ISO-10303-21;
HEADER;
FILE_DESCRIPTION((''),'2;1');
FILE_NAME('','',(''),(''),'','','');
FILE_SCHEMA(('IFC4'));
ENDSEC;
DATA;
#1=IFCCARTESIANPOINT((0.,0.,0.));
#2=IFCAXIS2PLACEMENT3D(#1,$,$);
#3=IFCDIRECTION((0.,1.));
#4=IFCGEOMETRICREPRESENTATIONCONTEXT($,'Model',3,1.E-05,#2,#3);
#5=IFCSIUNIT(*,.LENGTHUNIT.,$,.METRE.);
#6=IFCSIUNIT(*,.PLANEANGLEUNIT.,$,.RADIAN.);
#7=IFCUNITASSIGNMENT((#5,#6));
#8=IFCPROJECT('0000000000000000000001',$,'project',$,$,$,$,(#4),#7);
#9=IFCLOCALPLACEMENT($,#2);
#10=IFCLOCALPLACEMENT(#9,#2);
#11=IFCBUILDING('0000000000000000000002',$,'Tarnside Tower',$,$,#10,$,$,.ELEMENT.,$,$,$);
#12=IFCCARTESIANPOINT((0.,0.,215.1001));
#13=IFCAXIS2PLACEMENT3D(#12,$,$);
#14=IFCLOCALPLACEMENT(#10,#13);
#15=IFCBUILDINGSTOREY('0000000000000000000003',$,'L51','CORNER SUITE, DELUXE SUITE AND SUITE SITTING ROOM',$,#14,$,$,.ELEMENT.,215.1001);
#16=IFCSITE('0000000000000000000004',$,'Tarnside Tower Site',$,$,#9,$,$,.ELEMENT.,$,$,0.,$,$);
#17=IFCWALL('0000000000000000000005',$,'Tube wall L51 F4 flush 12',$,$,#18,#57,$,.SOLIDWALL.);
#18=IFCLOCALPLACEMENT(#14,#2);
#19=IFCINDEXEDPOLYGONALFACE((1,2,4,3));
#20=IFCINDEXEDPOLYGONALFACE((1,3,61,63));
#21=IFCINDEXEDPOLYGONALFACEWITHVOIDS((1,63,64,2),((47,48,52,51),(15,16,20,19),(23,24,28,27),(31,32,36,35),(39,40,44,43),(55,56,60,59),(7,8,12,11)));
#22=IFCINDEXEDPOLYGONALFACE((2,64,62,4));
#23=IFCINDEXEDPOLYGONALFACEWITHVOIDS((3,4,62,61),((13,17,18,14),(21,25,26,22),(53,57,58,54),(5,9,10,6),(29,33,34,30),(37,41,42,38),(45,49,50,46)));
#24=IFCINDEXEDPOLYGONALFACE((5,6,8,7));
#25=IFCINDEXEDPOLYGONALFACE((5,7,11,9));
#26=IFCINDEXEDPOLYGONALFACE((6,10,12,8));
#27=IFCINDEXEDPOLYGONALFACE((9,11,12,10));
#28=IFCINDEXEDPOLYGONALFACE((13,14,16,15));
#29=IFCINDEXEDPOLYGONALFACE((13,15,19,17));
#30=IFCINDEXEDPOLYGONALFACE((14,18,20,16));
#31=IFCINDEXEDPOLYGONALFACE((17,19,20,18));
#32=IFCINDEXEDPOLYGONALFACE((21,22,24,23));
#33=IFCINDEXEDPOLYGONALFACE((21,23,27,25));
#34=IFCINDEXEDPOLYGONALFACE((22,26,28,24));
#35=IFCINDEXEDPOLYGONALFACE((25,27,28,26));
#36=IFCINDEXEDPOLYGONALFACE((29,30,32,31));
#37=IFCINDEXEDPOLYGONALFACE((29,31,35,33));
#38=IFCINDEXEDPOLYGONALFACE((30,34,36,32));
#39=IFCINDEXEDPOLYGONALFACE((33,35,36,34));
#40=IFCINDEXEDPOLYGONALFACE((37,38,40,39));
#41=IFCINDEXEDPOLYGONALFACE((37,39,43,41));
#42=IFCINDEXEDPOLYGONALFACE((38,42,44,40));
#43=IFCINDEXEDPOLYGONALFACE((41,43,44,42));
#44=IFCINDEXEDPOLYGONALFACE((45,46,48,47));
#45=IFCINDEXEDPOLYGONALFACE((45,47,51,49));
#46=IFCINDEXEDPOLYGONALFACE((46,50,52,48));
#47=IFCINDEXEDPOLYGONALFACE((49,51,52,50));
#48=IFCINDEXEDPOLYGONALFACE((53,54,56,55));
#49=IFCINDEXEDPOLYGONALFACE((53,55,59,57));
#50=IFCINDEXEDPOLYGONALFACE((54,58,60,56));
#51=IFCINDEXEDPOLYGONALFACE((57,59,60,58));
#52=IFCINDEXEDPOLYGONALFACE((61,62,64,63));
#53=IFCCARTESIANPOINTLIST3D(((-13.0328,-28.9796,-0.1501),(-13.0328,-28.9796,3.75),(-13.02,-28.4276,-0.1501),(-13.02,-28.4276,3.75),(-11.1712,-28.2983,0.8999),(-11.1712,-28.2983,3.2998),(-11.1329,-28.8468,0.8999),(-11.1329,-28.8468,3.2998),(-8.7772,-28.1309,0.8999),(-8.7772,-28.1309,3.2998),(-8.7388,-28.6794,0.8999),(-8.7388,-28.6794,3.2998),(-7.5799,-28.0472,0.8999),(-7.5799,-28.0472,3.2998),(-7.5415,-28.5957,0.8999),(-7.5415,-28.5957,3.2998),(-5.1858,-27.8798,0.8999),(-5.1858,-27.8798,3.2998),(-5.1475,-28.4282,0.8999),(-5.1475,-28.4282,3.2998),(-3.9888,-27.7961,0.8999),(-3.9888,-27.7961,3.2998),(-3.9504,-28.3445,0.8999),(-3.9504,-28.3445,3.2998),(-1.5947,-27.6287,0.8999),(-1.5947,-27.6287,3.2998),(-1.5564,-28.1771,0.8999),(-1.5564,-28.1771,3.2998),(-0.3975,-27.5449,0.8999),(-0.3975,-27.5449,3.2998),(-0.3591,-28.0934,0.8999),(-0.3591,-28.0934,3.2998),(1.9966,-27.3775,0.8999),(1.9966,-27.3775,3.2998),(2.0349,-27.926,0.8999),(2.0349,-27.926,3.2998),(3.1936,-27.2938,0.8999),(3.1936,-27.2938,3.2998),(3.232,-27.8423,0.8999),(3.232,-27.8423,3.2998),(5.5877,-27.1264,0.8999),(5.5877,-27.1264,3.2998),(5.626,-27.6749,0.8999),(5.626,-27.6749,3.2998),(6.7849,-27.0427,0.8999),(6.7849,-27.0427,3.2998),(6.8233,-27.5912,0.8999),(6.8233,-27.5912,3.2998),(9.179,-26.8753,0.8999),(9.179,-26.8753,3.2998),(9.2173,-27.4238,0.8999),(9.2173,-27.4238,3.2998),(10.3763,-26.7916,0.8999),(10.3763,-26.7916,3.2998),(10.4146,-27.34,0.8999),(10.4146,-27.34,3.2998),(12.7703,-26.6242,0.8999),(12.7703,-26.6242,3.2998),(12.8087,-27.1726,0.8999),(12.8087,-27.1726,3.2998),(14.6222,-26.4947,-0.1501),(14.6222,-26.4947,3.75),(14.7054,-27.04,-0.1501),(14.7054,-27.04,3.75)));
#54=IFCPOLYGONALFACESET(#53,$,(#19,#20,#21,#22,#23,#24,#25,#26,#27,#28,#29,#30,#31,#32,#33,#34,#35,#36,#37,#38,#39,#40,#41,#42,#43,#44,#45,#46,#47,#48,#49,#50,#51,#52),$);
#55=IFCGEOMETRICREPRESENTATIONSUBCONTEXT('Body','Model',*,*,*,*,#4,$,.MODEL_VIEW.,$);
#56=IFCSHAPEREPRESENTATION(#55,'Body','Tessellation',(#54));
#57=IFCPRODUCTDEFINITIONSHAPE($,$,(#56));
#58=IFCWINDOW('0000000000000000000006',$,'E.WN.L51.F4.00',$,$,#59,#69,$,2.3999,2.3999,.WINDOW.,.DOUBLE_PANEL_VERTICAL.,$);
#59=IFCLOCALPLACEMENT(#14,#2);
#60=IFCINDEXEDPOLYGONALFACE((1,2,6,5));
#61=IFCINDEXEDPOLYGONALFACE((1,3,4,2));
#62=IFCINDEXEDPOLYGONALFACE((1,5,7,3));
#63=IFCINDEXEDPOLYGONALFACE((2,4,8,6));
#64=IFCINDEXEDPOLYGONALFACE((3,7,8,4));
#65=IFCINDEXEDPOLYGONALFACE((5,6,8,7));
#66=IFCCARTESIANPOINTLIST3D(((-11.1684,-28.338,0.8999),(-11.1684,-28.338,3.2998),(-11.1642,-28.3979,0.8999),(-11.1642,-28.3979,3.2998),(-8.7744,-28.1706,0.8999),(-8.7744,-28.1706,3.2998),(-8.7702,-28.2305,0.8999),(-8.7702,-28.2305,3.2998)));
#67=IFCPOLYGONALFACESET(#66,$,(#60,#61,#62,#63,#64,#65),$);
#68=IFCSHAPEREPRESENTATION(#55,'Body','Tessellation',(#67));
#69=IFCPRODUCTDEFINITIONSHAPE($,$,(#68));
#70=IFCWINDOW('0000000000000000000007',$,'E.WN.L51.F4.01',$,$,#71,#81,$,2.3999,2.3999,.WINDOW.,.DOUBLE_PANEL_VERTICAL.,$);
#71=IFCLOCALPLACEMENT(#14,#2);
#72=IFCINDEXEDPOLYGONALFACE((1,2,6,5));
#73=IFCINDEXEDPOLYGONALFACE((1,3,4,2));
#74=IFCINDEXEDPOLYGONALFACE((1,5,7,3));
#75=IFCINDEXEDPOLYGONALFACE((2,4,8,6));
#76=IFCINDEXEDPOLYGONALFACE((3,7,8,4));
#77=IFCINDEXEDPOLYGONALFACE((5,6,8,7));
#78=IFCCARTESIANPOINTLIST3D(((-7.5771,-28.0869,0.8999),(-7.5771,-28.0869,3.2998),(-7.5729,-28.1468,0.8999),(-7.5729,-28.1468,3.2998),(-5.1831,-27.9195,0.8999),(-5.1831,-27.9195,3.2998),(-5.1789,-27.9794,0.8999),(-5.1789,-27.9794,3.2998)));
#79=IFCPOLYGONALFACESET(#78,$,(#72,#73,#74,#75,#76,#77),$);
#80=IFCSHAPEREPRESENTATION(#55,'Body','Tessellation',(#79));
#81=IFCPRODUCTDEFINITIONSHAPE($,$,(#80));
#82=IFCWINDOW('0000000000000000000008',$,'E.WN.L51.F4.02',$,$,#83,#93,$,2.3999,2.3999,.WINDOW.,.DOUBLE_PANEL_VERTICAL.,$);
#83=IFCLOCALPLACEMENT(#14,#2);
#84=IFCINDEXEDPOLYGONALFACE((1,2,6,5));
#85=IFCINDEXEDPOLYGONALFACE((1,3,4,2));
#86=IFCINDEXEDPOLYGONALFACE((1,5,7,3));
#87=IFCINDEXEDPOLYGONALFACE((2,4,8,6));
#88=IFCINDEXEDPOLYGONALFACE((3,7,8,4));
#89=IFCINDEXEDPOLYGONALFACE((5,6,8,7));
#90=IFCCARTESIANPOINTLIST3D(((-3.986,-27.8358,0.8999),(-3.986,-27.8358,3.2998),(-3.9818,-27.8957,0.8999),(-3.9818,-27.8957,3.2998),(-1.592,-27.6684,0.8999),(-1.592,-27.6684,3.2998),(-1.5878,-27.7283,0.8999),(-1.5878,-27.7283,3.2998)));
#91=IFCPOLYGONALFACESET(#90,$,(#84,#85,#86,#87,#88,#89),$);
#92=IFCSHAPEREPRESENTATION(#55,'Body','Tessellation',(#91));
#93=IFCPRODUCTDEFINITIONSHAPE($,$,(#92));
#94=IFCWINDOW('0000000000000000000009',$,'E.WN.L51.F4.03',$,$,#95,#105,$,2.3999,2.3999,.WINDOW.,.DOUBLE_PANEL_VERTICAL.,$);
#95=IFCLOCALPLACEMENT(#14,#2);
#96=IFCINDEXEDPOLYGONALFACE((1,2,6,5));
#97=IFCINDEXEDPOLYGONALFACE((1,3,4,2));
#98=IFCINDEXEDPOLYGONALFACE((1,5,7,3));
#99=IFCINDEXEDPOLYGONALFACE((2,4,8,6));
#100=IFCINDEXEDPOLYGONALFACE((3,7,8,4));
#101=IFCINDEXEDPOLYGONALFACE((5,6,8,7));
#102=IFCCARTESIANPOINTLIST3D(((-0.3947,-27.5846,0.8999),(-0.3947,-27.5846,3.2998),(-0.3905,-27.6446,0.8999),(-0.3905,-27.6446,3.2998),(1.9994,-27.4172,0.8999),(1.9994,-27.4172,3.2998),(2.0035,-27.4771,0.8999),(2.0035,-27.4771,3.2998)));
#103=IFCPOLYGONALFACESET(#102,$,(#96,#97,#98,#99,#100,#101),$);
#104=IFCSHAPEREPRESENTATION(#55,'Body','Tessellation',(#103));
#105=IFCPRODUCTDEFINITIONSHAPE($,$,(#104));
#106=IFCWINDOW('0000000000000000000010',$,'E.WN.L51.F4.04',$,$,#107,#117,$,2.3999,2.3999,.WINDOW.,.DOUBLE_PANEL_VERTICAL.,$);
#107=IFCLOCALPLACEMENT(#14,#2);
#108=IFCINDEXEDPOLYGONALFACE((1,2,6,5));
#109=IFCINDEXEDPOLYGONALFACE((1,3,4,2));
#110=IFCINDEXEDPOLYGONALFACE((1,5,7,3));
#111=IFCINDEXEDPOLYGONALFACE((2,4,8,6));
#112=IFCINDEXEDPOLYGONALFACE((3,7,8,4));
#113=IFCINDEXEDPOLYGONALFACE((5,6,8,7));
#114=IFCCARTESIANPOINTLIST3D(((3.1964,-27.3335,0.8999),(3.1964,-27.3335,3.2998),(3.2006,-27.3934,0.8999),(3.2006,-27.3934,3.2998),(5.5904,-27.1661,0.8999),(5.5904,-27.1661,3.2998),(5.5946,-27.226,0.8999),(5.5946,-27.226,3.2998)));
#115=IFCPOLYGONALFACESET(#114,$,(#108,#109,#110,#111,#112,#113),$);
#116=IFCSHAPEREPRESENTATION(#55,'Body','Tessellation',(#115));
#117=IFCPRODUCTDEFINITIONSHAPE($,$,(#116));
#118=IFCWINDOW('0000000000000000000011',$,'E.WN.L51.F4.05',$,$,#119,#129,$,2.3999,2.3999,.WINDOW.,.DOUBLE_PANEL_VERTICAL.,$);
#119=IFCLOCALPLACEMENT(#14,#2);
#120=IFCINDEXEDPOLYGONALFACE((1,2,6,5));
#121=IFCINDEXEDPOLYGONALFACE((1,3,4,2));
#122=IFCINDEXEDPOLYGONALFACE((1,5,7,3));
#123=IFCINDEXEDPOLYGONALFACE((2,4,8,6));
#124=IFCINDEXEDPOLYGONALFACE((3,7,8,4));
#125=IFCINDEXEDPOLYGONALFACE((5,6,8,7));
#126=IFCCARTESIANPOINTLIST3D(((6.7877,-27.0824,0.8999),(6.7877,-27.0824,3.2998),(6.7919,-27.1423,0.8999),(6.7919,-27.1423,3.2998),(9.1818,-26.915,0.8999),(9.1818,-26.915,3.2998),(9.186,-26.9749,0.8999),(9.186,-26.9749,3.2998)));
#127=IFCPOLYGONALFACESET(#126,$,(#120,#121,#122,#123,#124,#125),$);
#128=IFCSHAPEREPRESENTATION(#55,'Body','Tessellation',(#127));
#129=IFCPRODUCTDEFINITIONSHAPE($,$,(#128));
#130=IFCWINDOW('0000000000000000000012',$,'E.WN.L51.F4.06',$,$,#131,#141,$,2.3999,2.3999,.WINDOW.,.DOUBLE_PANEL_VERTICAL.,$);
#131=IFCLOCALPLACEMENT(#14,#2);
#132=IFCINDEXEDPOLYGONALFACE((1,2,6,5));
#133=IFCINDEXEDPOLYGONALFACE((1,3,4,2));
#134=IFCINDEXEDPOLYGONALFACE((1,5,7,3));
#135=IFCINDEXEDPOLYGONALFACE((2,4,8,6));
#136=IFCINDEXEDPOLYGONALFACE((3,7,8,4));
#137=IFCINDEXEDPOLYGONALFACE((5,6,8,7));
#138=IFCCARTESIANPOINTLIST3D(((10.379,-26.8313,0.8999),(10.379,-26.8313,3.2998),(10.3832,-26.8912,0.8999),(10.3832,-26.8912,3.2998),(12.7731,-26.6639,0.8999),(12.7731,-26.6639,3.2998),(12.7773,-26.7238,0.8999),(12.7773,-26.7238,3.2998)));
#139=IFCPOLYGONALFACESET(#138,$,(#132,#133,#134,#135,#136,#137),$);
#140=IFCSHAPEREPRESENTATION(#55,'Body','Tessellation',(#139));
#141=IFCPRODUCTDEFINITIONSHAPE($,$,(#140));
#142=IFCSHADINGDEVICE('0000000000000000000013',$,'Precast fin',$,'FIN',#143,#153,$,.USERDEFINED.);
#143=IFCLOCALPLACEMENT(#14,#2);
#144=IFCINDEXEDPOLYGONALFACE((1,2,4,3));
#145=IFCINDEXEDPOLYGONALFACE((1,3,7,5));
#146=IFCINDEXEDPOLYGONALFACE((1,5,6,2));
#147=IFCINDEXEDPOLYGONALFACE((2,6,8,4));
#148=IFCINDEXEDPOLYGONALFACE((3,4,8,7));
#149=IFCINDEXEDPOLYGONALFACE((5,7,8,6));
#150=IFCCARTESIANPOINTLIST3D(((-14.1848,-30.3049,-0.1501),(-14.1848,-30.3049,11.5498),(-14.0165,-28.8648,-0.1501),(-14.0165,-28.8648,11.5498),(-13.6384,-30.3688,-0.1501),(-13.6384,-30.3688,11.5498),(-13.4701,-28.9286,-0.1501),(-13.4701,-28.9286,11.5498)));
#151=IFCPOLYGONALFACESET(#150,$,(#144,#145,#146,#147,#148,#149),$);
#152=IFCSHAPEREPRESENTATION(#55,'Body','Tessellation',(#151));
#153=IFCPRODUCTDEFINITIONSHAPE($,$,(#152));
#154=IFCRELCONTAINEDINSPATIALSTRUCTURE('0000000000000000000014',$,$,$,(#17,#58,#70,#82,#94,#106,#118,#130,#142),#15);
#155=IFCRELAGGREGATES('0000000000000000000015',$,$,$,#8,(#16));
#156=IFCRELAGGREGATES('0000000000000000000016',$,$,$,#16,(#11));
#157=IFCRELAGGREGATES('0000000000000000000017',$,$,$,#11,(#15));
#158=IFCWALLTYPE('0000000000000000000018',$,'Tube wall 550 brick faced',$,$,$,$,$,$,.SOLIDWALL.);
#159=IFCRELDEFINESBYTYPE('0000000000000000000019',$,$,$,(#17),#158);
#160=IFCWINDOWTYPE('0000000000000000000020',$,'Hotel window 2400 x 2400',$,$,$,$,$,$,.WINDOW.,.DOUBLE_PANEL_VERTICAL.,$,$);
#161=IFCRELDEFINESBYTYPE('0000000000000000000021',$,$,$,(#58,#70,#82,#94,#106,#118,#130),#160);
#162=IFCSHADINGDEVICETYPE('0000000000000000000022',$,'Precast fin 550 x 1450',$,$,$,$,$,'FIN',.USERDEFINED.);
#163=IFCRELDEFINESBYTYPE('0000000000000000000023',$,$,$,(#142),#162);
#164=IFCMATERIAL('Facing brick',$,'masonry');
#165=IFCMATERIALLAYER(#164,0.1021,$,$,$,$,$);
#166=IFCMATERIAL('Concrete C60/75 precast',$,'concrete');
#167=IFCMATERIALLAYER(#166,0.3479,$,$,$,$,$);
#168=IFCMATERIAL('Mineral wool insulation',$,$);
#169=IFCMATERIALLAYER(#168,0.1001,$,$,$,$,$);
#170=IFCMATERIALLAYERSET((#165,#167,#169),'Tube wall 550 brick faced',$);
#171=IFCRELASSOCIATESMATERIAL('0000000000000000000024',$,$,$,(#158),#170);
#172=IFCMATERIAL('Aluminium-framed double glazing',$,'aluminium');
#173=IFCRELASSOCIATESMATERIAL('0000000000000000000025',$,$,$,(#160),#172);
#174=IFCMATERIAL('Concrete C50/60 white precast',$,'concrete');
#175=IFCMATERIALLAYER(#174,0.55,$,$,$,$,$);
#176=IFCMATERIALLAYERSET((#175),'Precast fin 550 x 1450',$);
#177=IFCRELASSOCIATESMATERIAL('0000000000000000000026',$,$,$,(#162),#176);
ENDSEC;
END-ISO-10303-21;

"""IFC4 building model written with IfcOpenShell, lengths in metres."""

from ifc_helpers import new_model, si_unit, direction, frame, frame_2d, origin, place, context, subcontext, project, spatial, polyline, rectangle, outline, extrude, material, layer, layer_set, type_object, element, fill, save


model = new_model("IFC4")

# Units and contexts
model_context = context("Model", 3, precision=1e-05, world=origin(), true_north=direction((0.0, 1.0)))
body_context = subcontext(model_context, "Body", "Model", "MODEL_VIEW")
ifc_project = project(units=[si_unit("LENGTHUNIT", "METRE"), si_unit("PLANEANGLEUNIT", "RADIAN")], contexts=[model_context])

# Site, building, storey
site_placement = place(None, origin())
site = spatial("IfcSite", under=ifc_project, at=site_placement, Name="Tarnside Tower Site", CompositionType="ELEMENT", RefElevation=0.0)
building_placement = place(site_placement, origin())
building = spatial("IfcBuilding", under=site, at=building_placement, Name="Tarnside Tower", CompositionType="ELEMENT")
storey_placement = place(building_placement, frame((0.0, 0.0, 215.1001)))
storey = spatial("IfcBuildingStorey", under=building, at=storey_placement, Name="L51", Description="CORNER SUITE, DELUXE SUITE AND SUITE SITTING ROOM", CompositionType="ELEMENT", Elevation=215.1001)

# Shared definitions
ifc_material_1 = material(Name="Facing brick", Category="masonry")
ifc_layer_1 = layer(ifc_material_1, 0.1021)
ifc_material_2 = material(Name="Concrete C60/75 precast", Category="concrete")
ifc_layer_2 = layer(ifc_material_2, 0.3479)
ifc_material_3 = material(Name="Mineral wool insulation")
ifc_layer_3 = layer(ifc_material_3, 0.1001)
ifc_layer_set_1 = layer_set([ifc_layer_1, ifc_layer_2, ifc_layer_3], Name="Tube wall 550 brick faced")
wall_type_1 = type_object("IfcWallType", Name="Tube wall 550 brick faced", PredefinedType="SOLIDWALL", material=ifc_layer_set_1)

# Wall, openings, windows
wall_1_placement = place(storey_placement, frame((-13.0264, -28.7036, -0.1501), z_axis=(0.0, 0.0, 1.0), x_axis=(0.997564, 0.069756, 0.0)))
wall_1 = element("IfcWall", 1, at=wall_1_placement, inside=storey, type_object=wall_type_1, Name="Tube wall L51 F4 flush 12", PredefinedType="SOLIDWALL", context=body_context, shape_type="SweptSolid", body=[
    extrude(outline(polyline([(-0.0256, -0.2749), (27.7803, -0.2749), (27.7354, 0.2749), (0.0256, 0.2749), (-0.0256, -0.2749)])), origin(), (0.0, 0.0, 1.0), 3.9001),
])
opening_1_placement = place(wall_1_placement, frame((1.8789, 0.0, 1.05)))
opening_1 = element("IfcOpeningElement", 2, at=opening_1_placement, cuts=wall_1, PredefinedType="OPENING", context=body_context, shape_type="SweptSolid", body=[
    extrude(rectangle(XDim=2.3999, YDim=2.3999, at=frame_2d((1.2, 1.2))), frame((0.0, 0.2852, 0.0), z_axis=(0.0, -1.0, 0.0), x_axis=(1.0, 0.0, 0.0)), (0.0, 0.0, 1.0), 0.5701),
])
opening_2_placement = place(wall_1_placement, frame((5.479, 0.0, 1.05)))
opening_2 = element("IfcOpeningElement", 3, at=opening_2_placement, cuts=wall_1, PredefinedType="OPENING", context=body_context, shape_type="SweptSolid", body=[
    extrude(rectangle(XDim=2.3999, YDim=2.3999, at=frame_2d((1.2, 1.2))), frame((0.0, 0.2852, 0.0), z_axis=(0.0, -1.0, 0.0), x_axis=(1.0, 0.0, 0.0)), (0.0, 0.0, 1.0), 0.5701),
])
opening_3_placement = place(wall_1_placement, frame((9.0789, 0.0, 1.05)))
opening_3 = element("IfcOpeningElement", 4, at=opening_3_placement, cuts=wall_1, PredefinedType="OPENING", context=body_context, shape_type="SweptSolid", body=[
    extrude(rectangle(XDim=2.3999, YDim=2.3999, at=frame_2d((1.2, 1.2))), frame((0.0, 0.2852, 0.0), z_axis=(0.0, -1.0, 0.0), x_axis=(1.0, 0.0, 0.0)), (0.0, 0.0, 1.0), 0.5701),
])
opening_4_placement = place(wall_1_placement, frame((12.679, 0.0, 1.05)))
opening_4 = element("IfcOpeningElement", 5, at=opening_4_placement, cuts=wall_1, PredefinedType="OPENING", context=body_context, shape_type="SweptSolid", body=[
    extrude(rectangle(XDim=2.3999, YDim=2.3999, at=frame_2d((1.2, 1.2))), frame((0.0, 0.2852, 0.0), z_axis=(0.0, -1.0, 0.0), x_axis=(1.0, 0.0, 0.0)), (0.0, 0.0, 1.0), 0.5701),
])
opening_5_placement = place(wall_1_placement, frame((16.2788, 0.0, 1.05)))
opening_5 = element("IfcOpeningElement", 6, at=opening_5_placement, cuts=wall_1, PredefinedType="OPENING", context=body_context, shape_type="SweptSolid", body=[
    extrude(rectangle(XDim=2.3999, YDim=2.3999, at=frame_2d((1.2, 1.2))), frame((0.0, 0.2852, 0.0), z_axis=(0.0, -1.0, 0.0), x_axis=(1.0, 0.0, 0.0)), (0.0, 0.0, 1.0), 0.5701),
])
opening_6_placement = place(wall_1_placement, frame((19.8789, 0.0, 1.05)))
opening_6 = element("IfcOpeningElement", 7, at=opening_6_placement, cuts=wall_1, PredefinedType="OPENING", context=body_context, shape_type="SweptSolid", body=[
    extrude(rectangle(XDim=2.3999, YDim=2.3999, at=frame_2d((1.2, 1.2))), frame((0.0, 0.2852, 0.0), z_axis=(0.0, -1.0, 0.0), x_axis=(1.0, 0.0, 0.0)), (0.0, 0.0, 1.0), 0.5701),
])
opening_7_placement = place(wall_1_placement, frame((23.479, 0.0, 1.05)))
opening_7 = element("IfcOpeningElement", 8, at=opening_7_placement, cuts=wall_1, PredefinedType="OPENING", context=body_context, shape_type="SweptSolid", body=[
    extrude(rectangle(XDim=2.3999, YDim=2.3999, at=frame_2d((1.2, 1.2))), frame((0.0, 0.2852, 0.0), z_axis=(0.0, -1.0, 0.0), x_axis=(1.0, 0.0, 0.0)), (0.0, 0.0, 1.0), 0.5701),
])
ifc_material_4 = material(Name="Aluminium-framed double glazing", Category="aluminium")
window_type = type_object("IfcWindowType", Name="Hotel window 2400 x 2400", PartitioningType="DOUBLE_PANEL_VERTICAL", PredefinedType="WINDOW", material=ifc_material_4)
window_1_placement = place(opening_1_placement, frame((0.0, 0.2051, 0.0)))
window_1 = element("IfcWindow", 9, at=window_1_placement, inside=storey, type_object=window_type, Name="E.WN.L51.F4.00", OverallHeight=2.3999, OverallWidth=2.3999, PartitioningType="DOUBLE_PANEL_VERTICAL", PredefinedType="WINDOW", context=body_context, shape_type="SweptSolid", body=[
    extrude(rectangle(XDim=2.3999, YDim=2.3999, at=frame_2d((1.2, 1.2))), frame((0.0, 0.03, 0.0), z_axis=(0.0, -1.0, 0.0), x_axis=(1.0, 0.0, 0.0)), (0.0, 0.0, 1.0), 0.0601),
])
fill(opening_1, window_1)
window_2_placement = place(opening_2_placement, frame((0.0, 0.2051, 0.0)))
window_2 = element("IfcWindow", 10, at=window_2_placement, inside=storey, type_object=window_type, Name="E.WN.L51.F4.01", OverallHeight=2.3999, OverallWidth=2.3999, PartitioningType="DOUBLE_PANEL_VERTICAL", PredefinedType="WINDOW", context=body_context, shape_type="SweptSolid", body=[
    extrude(rectangle(XDim=2.3999, YDim=2.3999, at=frame_2d((1.2, 1.2))), frame((0.0, 0.03, 0.0), z_axis=(0.0, -1.0, 0.0), x_axis=(1.0, 0.0, 0.0)), (0.0, 0.0, 1.0), 0.0601),
])
fill(opening_2, window_2)
window_3_placement = place(opening_3_placement, frame((0.0, 0.2051, 0.0)))
window_3 = element("IfcWindow", 11, at=window_3_placement, inside=storey, type_object=window_type, Name="E.WN.L51.F4.02", OverallHeight=2.3999, OverallWidth=2.3999, PartitioningType="DOUBLE_PANEL_VERTICAL", PredefinedType="WINDOW", context=body_context, shape_type="SweptSolid", body=[
    extrude(rectangle(XDim=2.3999, YDim=2.3999, at=frame_2d((1.2, 1.2))), frame((0.0, 0.03, 0.0), z_axis=(0.0, -1.0, 0.0), x_axis=(1.0, 0.0, 0.0)), (0.0, 0.0, 1.0), 0.0601),
])
fill(opening_3, window_3)
window_4_placement = place(opening_4_placement, frame((0.0, 0.2051, 0.0)))
window_4 = element("IfcWindow", 12, at=window_4_placement, inside=storey, type_object=window_type, Name="E.WN.L51.F4.03", OverallHeight=2.3999, OverallWidth=2.3999, PartitioningType="DOUBLE_PANEL_VERTICAL", PredefinedType="WINDOW", context=body_context, shape_type="SweptSolid", body=[
    extrude(rectangle(XDim=2.3999, YDim=2.3999, at=frame_2d((1.2, 1.2))), frame((0.0, 0.03, 0.0), z_axis=(0.0, -1.0, 0.0), x_axis=(1.0, 0.0, 0.0)), (0.0, 0.0, 1.0), 0.0601),
])
fill(opening_4, window_4)
window_5_placement = place(opening_5_placement, frame((0.0, 0.2051, 0.0)))
window_5 = element("IfcWindow", 13, at=window_5_placement, inside=storey, type_object=window_type, Name="E.WN.L51.F4.04", OverallHeight=2.3999, OverallWidth=2.3999, PartitioningType="DOUBLE_PANEL_VERTICAL", PredefinedType="WINDOW", context=body_context, shape_type="SweptSolid", body=[
    extrude(rectangle(XDim=2.3999, YDim=2.3999, at=frame_2d((1.2, 1.2))), frame((0.0, 0.03, 0.0), z_axis=(0.0, -1.0, 0.0), x_axis=(1.0, 0.0, 0.0)), (0.0, 0.0, 1.0), 0.0601),
])
fill(opening_5, window_5)
window_6_placement = place(opening_6_placement, frame((0.0, 0.2051, 0.0)))
window_6 = element("IfcWindow", 14, at=window_6_placement, inside=storey, type_object=window_type, Name="E.WN.L51.F4.05", OverallHeight=2.3999, OverallWidth=2.3999, PartitioningType="DOUBLE_PANEL_VERTICAL", PredefinedType="WINDOW", context=body_context, shape_type="SweptSolid", body=[
    extrude(rectangle(XDim=2.3999, YDim=2.3999, at=frame_2d((1.2, 1.2))), frame((0.0, 0.03, 0.0), z_axis=(0.0, -1.0, 0.0), x_axis=(1.0, 0.0, 0.0)), (0.0, 0.0, 1.0), 0.0601),
])
fill(opening_6, window_6)
window_7_placement = place(opening_7_placement, frame((0.0, 0.2051, 0.0)))
window_7 = element("IfcWindow", 15, at=window_7_placement, inside=storey, type_object=window_type, Name="E.WN.L51.F4.06", OverallHeight=2.3999, OverallWidth=2.3999, PartitioningType="DOUBLE_PANEL_VERTICAL", PredefinedType="WINDOW", context=body_context, shape_type="SweptSolid", body=[
    extrude(rectangle(XDim=2.3999, YDim=2.3999, at=frame_2d((1.2, 1.2))), frame((0.0, 0.03, 0.0), z_axis=(0.0, -1.0, 0.0), x_axis=(1.0, 0.0, 0.0)), (0.0, 0.0, 1.0), 0.0601),
])
fill(opening_7, window_7)

# Shading device
ifc_material_5 = material(Name="Concrete C50/60 white precast", Category="concrete")
ifc_layer_4 = layer(ifc_material_5, 0.55)
ifc_layer_set_2 = layer_set([ifc_layer_4], Name="Precast fin 550 x 1450")
shading_device_type_1 = type_object("IfcShadingDeviceType", Name="Precast fin 550 x 1450", ElementType="FIN", PredefinedType="USERDEFINED", material=ifc_layer_set_2)
shading_device_placement = place(storey_placement, frame((-13.7432, -28.8967, -0.1501), z_axis=(-0.993238, 0.116093, 0.0), x_axis=(-0.116093, -0.993238, 0.0)))
element("IfcShadingDevice", 16, at=shading_device_placement, inside=storey, type_object=shading_device_type_1, Name="Precast fin", ObjectType="FIN", PredefinedType="USERDEFINED", context=body_context, shape_type="SweptSolid", body=[
    extrude(outline(polyline([(0.0, 0.0), (1.45, 0.0), (1.45, 11.7), (0.0, 11.7), (0.0, 0.0)])), frame((0.0, 0.0, -0.2749)), (0.0, 0.0, 1.0), 0.55),
])

save(model, "model.ifc")
